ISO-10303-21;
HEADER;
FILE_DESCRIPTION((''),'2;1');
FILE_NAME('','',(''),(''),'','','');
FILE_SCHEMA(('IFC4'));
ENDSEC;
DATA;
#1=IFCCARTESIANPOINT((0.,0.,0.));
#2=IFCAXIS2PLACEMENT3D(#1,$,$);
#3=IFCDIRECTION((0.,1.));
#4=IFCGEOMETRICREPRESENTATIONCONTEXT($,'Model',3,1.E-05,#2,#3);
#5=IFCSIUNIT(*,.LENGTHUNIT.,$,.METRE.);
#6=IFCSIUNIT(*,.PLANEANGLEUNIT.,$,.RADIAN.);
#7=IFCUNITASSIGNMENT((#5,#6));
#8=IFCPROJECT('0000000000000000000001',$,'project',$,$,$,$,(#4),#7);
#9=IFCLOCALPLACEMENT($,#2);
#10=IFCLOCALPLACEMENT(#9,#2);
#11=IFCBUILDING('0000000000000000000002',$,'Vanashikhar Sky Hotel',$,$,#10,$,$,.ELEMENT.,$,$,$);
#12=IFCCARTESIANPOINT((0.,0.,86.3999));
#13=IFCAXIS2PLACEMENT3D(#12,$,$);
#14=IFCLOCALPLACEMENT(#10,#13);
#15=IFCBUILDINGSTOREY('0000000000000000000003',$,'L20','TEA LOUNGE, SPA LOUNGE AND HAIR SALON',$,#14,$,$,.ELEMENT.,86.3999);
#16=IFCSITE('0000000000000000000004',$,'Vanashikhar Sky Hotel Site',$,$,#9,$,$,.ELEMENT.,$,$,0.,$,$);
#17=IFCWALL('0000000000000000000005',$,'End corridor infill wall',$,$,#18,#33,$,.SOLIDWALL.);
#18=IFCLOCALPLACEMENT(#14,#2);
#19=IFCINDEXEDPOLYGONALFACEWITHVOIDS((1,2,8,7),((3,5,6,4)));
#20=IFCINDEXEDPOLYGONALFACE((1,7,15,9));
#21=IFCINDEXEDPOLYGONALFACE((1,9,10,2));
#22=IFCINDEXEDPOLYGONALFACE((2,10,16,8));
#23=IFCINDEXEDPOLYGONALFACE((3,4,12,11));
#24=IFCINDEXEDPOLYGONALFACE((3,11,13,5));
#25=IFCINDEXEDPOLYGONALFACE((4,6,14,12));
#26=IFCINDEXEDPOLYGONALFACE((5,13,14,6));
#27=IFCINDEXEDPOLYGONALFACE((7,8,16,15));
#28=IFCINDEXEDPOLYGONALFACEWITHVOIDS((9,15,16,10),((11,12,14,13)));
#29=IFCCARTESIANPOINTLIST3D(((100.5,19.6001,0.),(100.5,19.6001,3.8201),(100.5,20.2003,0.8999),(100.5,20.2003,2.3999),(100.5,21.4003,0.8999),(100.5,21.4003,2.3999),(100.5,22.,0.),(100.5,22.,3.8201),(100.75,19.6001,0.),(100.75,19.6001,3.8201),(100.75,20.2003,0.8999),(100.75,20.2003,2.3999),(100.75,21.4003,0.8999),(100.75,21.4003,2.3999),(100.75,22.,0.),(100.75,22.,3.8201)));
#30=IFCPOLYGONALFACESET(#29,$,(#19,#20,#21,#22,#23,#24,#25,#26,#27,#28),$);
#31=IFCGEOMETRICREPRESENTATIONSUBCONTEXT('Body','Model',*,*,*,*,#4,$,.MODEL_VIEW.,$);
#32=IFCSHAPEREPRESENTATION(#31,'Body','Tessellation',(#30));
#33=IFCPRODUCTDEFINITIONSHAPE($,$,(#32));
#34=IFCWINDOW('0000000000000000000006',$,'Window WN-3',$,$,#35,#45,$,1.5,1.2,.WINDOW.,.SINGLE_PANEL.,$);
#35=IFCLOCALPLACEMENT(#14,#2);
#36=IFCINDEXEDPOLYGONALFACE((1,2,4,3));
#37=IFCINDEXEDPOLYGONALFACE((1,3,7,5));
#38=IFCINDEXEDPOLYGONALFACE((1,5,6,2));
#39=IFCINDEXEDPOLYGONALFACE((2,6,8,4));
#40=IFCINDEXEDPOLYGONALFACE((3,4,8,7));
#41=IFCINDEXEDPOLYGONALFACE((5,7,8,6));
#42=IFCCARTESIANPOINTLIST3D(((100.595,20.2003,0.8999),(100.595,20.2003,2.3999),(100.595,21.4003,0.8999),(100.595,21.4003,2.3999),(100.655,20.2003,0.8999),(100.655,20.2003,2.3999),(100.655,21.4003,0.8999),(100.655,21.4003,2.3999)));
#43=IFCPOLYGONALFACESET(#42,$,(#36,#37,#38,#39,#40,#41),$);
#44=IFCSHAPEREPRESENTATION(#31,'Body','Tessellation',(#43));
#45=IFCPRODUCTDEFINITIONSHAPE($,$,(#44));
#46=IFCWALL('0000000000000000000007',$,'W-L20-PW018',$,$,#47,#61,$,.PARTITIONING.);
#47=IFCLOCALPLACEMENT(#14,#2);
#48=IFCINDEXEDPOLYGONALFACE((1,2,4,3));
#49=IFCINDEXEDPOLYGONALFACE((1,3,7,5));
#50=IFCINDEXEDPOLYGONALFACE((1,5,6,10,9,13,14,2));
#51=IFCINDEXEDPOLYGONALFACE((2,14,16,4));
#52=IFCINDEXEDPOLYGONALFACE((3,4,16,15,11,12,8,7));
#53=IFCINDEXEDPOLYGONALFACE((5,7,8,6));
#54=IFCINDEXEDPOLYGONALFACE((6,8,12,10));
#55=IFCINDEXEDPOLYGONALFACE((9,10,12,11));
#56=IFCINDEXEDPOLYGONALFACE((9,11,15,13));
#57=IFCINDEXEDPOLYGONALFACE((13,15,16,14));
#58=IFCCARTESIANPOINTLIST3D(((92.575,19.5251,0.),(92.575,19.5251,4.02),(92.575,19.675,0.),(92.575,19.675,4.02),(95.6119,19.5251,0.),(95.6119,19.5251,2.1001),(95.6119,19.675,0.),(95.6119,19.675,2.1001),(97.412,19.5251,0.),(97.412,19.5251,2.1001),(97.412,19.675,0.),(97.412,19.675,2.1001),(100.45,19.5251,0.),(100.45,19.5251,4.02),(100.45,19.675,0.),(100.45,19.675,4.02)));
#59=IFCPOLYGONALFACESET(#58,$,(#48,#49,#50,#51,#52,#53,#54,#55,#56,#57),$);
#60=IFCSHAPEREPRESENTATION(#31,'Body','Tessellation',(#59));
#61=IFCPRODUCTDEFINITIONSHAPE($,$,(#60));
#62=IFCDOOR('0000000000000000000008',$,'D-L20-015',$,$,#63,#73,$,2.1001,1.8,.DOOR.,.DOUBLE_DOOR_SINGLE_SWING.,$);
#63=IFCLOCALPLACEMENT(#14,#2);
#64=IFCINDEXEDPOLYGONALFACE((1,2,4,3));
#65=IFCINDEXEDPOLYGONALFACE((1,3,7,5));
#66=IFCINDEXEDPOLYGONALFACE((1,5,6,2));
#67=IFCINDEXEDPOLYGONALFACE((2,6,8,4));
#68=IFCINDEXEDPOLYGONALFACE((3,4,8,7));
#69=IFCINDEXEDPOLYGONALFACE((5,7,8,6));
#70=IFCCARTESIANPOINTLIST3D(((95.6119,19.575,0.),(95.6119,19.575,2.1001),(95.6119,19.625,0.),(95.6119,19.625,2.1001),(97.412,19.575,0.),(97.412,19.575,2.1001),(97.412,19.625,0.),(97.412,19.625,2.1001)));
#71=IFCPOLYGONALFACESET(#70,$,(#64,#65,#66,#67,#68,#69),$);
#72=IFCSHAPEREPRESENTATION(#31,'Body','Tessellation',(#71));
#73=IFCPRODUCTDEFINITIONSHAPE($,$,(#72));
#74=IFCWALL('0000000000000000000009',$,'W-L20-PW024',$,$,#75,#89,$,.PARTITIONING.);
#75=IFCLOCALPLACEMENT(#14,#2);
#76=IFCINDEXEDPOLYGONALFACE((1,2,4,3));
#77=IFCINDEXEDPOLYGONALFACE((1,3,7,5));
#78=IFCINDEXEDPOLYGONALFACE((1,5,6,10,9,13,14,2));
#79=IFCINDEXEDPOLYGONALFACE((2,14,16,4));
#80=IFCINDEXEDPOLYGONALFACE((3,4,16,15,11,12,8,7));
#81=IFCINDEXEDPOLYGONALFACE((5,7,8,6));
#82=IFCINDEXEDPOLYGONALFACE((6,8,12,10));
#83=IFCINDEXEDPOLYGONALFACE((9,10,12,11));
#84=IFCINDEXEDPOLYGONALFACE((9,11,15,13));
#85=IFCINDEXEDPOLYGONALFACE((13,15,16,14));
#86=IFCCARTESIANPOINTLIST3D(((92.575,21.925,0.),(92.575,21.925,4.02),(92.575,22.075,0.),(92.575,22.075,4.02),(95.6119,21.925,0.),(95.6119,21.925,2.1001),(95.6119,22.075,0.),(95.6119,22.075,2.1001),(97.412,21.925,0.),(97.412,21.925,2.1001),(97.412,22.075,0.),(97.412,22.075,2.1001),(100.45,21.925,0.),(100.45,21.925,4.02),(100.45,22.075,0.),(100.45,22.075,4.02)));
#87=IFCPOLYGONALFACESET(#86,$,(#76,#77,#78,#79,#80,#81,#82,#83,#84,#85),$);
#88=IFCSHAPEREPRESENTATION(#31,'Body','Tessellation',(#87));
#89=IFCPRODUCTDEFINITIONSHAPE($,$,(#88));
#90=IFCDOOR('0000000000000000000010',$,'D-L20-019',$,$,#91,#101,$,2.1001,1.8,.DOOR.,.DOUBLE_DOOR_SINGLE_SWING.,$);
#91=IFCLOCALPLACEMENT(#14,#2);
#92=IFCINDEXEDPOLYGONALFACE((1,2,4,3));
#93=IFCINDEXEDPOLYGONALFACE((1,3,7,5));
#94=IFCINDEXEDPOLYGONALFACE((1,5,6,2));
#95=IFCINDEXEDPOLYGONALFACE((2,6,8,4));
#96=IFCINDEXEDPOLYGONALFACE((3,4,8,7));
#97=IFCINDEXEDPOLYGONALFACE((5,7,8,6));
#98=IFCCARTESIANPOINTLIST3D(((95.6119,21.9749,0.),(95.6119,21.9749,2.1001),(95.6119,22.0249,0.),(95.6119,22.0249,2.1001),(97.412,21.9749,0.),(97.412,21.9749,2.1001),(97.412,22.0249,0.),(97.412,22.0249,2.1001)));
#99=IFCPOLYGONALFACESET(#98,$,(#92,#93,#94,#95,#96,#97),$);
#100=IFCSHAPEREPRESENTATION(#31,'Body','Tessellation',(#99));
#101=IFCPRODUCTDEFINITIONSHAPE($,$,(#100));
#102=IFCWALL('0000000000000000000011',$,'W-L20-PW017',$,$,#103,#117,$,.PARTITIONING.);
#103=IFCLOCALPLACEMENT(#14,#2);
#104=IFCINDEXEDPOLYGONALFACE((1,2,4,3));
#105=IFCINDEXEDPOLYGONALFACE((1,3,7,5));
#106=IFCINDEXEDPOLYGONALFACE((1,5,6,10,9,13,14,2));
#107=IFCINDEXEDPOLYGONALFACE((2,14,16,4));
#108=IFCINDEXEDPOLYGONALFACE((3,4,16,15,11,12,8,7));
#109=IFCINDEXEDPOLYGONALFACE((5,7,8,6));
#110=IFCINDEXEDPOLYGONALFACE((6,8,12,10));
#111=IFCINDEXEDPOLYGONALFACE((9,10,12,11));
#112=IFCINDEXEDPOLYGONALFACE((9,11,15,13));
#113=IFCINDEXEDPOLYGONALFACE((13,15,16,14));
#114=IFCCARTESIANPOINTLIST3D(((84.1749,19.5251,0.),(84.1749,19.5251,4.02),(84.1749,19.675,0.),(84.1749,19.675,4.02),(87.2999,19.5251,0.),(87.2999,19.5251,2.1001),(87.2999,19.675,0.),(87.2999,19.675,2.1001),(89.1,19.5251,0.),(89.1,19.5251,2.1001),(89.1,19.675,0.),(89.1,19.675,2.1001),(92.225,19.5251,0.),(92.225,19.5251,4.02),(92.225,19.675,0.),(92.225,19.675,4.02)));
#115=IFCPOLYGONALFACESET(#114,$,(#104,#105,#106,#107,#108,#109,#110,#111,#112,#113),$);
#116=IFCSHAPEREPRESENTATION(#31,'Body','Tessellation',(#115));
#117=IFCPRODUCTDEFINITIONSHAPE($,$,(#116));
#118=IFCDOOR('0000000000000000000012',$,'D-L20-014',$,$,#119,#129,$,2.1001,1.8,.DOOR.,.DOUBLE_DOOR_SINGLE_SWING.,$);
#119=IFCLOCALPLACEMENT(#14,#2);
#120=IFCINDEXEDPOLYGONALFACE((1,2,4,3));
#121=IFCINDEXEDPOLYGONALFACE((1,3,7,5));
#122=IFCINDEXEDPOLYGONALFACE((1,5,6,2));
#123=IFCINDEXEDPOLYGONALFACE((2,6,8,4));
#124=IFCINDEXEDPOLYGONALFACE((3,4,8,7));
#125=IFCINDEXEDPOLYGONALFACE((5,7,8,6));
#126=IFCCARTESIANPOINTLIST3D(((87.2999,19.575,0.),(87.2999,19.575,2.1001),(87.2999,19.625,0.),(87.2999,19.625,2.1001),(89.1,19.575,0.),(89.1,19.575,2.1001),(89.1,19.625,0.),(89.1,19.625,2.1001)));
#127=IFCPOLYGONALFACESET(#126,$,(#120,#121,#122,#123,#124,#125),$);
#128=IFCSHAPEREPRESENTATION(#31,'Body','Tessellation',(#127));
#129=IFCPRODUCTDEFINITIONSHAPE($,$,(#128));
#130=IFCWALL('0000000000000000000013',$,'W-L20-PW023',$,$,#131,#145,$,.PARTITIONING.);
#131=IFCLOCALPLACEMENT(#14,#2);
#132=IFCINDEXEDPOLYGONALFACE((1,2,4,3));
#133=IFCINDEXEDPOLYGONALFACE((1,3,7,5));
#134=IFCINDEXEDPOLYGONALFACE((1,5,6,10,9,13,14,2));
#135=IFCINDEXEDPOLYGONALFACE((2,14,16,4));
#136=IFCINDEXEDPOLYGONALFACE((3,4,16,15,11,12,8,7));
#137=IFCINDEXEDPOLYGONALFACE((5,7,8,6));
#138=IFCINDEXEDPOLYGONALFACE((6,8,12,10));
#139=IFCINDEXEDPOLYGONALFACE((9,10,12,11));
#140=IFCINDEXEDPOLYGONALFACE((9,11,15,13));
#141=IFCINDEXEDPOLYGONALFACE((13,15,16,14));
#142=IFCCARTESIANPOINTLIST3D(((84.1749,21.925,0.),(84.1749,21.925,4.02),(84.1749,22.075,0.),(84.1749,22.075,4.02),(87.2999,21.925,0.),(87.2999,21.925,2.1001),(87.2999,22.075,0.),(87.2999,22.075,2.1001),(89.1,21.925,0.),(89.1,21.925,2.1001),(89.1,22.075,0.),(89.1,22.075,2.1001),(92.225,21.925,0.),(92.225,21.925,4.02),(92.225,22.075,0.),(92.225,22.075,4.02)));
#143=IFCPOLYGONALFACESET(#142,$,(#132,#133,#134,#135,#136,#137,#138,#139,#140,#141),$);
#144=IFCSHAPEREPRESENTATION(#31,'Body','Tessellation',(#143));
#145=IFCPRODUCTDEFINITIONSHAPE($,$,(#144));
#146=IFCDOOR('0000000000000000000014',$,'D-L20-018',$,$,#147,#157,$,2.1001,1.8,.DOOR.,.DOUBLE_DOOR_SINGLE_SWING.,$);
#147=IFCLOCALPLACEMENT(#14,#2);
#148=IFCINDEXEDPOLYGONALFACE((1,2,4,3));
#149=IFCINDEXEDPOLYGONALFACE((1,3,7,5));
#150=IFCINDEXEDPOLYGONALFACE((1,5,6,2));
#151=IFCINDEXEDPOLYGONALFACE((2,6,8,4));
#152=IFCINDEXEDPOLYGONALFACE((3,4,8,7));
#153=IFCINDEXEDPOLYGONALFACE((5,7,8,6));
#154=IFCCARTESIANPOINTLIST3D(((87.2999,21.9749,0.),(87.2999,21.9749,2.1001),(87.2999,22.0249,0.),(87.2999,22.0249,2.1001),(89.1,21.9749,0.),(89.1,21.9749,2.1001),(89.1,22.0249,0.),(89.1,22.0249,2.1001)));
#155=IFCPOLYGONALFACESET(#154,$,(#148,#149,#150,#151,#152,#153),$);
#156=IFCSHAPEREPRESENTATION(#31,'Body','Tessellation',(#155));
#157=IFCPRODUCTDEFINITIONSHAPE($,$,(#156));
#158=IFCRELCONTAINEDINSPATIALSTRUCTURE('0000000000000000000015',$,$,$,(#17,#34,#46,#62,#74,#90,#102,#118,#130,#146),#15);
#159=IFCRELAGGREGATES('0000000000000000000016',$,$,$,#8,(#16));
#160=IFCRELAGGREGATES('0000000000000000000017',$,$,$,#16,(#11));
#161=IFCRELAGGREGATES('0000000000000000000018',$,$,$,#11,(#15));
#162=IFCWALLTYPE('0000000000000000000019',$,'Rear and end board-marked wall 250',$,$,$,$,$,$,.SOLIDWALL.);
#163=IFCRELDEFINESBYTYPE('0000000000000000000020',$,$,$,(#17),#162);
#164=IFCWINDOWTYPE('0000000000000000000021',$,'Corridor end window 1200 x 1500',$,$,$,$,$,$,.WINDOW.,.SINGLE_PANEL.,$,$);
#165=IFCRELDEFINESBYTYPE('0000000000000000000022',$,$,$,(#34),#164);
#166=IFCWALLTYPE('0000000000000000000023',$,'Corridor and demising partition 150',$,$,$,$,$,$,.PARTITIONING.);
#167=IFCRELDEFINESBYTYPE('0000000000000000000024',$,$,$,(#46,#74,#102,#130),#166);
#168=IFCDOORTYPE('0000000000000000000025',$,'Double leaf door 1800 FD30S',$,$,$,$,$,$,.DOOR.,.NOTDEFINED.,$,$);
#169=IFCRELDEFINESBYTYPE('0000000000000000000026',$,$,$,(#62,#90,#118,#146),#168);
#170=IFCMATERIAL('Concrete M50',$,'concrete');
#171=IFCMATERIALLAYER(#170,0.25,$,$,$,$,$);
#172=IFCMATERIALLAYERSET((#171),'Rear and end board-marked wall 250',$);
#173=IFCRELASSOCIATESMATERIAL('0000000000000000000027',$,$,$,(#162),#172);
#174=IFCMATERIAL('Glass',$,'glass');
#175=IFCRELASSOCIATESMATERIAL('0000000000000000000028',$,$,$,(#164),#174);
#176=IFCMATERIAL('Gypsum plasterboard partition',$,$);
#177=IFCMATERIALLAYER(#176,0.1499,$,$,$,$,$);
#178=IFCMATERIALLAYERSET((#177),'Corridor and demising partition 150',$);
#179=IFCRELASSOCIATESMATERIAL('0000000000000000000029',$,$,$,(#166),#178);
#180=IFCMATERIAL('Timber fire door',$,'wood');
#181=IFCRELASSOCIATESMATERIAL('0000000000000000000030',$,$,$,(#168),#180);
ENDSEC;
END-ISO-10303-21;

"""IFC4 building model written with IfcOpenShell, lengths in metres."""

from ifc_helpers import new_model, si_unit, direction, frame, frame_2d, origin, place, context, subcontext, project, spatial, rectangle, extrude, source, transform, mapped, material, layer, layer_set, type_object, element, fill, save


model = new_model("IFC4")

# Units and contexts
model_context = context("Model", 3, precision=1e-05, world=origin(), true_north=direction((0.0, 1.0)))
body_context = subcontext(model_context, "Body", "Model", "MODEL_VIEW")
ifc_project = project(units=[si_unit("LENGTHUNIT", "METRE"), si_unit("PLANEANGLEUNIT", "RADIAN")], contexts=[model_context])

# Site, building, storey
site_placement = place(None, origin())
site = spatial("IfcSite", under=ifc_project, at=site_placement, Name="Vanashikhar Sky Hotel Site", CompositionType="ELEMENT", RefElevation=0.0)
building_placement = place(site_placement, origin())
building = spatial("IfcBuilding", under=site, at=building_placement, Name="Vanashikhar Sky Hotel", CompositionType="ELEMENT")
storey_placement = place(building_placement, frame((0.0, 0.0, 86.3999)))
storey = spatial("IfcBuildingStorey", under=building, at=storey_placement, Name="L20", Description="TEA LOUNGE, SPA LOUNGE AND HAIR SALON", CompositionType="ELEMENT", Elevation=86.3999)

# Shared definitions
ifc_material_1 = material(Name="Concrete M50", Category="concrete")

# Shared definitions
ifc_material_2 = material(Name="Glass", Category="glass")

# Wall, opening, window
ifc_layer_1 = layer(ifc_material_1, 0.25)
ifc_layer_set_1 = layer_set([ifc_layer_1], Name="Rear and end board-marked wall 250")
wall_type_1 = type_object("IfcWallType", Name="Rear and end board-marked wall 250", PredefinedType="SOLIDWALL", material=ifc_layer_set_1)
shared_shape_1 = source(origin(), body_context, "Body", "SweptSolid", [
    extrude(rectangle(XDim=2.3999, YDim=0.25, at=frame_2d((1.2, 0.0))), origin(), (0.0, 0.0, 1.0), 3.8201),
])
wall_1_placement = place(storey_placement, frame((100.625, 19.6001, 0.0), z_axis=(0.0, 0.0, 1.0), x_axis=(0.0, 1.0, 0.0)))
wall_1 = element("IfcWall", 1, at=wall_1_placement, inside=storey, type_object=wall_type_1, Name="End corridor infill wall", PredefinedType="SOLIDWALL", context=body_context, shape_type="MappedRepresentation", body=[
    mapped(shared_shape_1, transform((0.0, 0.0, 0.0), scale=1.0)),
])
shared_shape_2 = source(origin(), body_context, "Body", "SweptSolid", [
    extrude(rectangle(XDim=1.2, YDim=1.5, at=frame_2d((0.6001, 0.75))), frame((0.0, 0.135, 0.0), z_axis=(0.0, -1.0, 0.0), x_axis=(1.0, 0.0, 0.0)), (0.0, 0.0, 1.0), 0.27),
])
opening_1_placement = place(wall_1_placement, frame((0.6001, 0.0, 0.8999)))
opening_1 = element("IfcOpeningElement", 2, at=opening_1_placement, cuts=wall_1, PredefinedType="OPENING", context=body_context, shape_type="MappedRepresentation", body=[
    mapped(shared_shape_2, transform((0.0, 0.0, 0.0), scale=1.0)),
])
window_type_1 = type_object("IfcWindowType", Name="Corridor end window 1200 x 1500", PartitioningType="SINGLE_PANEL", PredefinedType="WINDOW", material=ifc_material_2)
shared_shape_3 = source(origin(), body_context, "Body", "SweptSolid", [
    extrude(rectangle(XDim=1.2, YDim=1.5, at=frame_2d((0.6001, 0.75))), frame((0.0, 0.03, 0.0), z_axis=(0.0, -1.0, 0.0), x_axis=(1.0, 0.0, 0.0)), (0.0, 0.0, 1.0), 0.0601),
])
window_1_placement = place(opening_1_placement, origin())
window_1 = element("IfcWindow", 3, at=window_1_placement, inside=storey, type_object=window_type_1, Name="Window WN-3", OverallHeight=1.5, OverallWidth=1.2, PartitioningType="SINGLE_PANEL", PredefinedType="WINDOW", context=body_context, shape_type="MappedRepresentation", body=[
    mapped(shared_shape_3, transform((0.0, 0.0, 0.0), scale=1.0)),
])
fill(opening_1, window_1)

# Walls, openings, doors
ifc_material_3 = material(Name="Gypsum plasterboard partition")
ifc_layer_2 = layer(ifc_material_3, 0.1499)
ifc_layer_set_2 = layer_set([ifc_layer_2], Name="Corridor and demising partition 150")
wall_type_2 = type_object("IfcWallType", Name="Corridor and demising partition 150", PredefinedType="PARTITIONING", material=ifc_layer_set_2)
shared_shape_4 = source(origin(), body_context, "Body", "SweptSolid", [
    extrude(rectangle(XDim=7.875, YDim=0.1499, at=frame_2d((3.9375, 0.0))), origin(), (0.0, 0.0, 1.0), 4.02),
])
wall_2_placement = place(storey_placement, frame((92.575, 19.6001, 0.0), z_axis=(0.0, 0.0, 1.0), x_axis=(1.0, 0.0, 0.0)))
wall_2 = element("IfcWall", 4, at=wall_2_placement, inside=storey, type_object=wall_type_2, Name="W-L20-PW018", PredefinedType="PARTITIONING", context=body_context, shape_type="MappedRepresentation", body=[
    mapped(shared_shape_4, transform((0.0, 0.0, 0.0), scale=1.0)),
])
shared_shape_5 = source(origin(), body_context, "Body", "SweptSolid", [
    extrude(rectangle(XDim=1.8, YDim=2.1001, at=frame_2d((0.8999, 1.05))), frame((0.0, 0.085, 0.0), z_axis=(0.0, -1.0, 0.0), x_axis=(1.0, 0.0, 0.0)), (0.0, 0.0, 1.0), 0.1699),
])
opening_2_placement = place(wall_2_placement, frame((3.0371, 0.0, 0.0)))
opening_2 = element("IfcOpeningElement", 5, at=opening_2_placement, cuts=wall_2, PredefinedType="OPENING", context=body_context, shape_type="MappedRepresentation", body=[
    mapped(shared_shape_5, transform((0.0, 0.0, 0.0), scale=1.0)),
])
ifc_material_4 = material(Name="Timber fire door", Category="wood")
door_type = type_object("IfcDoorType", Name="Double leaf door 1800 FD30S", OperationType="NOTDEFINED", PredefinedType="DOOR", material=ifc_material_4)
shared_shape_6 = source(origin(), body_context, "Body", "SweptSolid", [
    extrude(rectangle(XDim=1.8, YDim=2.1001, at=frame_2d((0.8999, 1.05))), frame((0.0, 0.0249, 0.0), z_axis=(0.0, -1.0, 0.0), x_axis=(1.0, 0.0, 0.0)), (0.0, 0.0, 1.0), 0.05),
])
door_1_placement = place(opening_2_placement, origin())
door_1 = element("IfcDoor", 6, at=door_1_placement, inside=storey, type_object=door_type, Name="D-L20-015", OperationType="DOUBLE_DOOR_SINGLE_SWING", OverallHeight=2.1001, OverallWidth=1.8, PredefinedType="DOOR", context=body_context, shape_type="MappedRepresentation", body=[
    mapped(shared_shape_6, transform((0.0, 0.0, 0.0), scale=1.0)),
])
fill(opening_2, door_1)
wall_3_placement = place(storey_placement, frame((92.575, 22.0, 0.0), z_axis=(0.0, 0.0, 1.0), x_axis=(1.0, 0.0, 0.0)))
wall_3 = element("IfcWall", 7, at=wall_3_placement, inside=storey, type_object=wall_type_2, Name="W-L20-PW024", PredefinedType="PARTITIONING", context=body_context, shape_type="MappedRepresentation", body=[
    mapped(shared_shape_4, transform((0.0, 0.0, 0.0), scale=1.0)),
])
opening_3_placement = place(wall_3_placement, frame((3.0371, 0.0, 0.0)))
opening_3 = element("IfcOpeningElement", 8, at=opening_3_placement, cuts=wall_3, PredefinedType="OPENING", context=body_context, shape_type="MappedRepresentation", body=[
    mapped(shared_shape_5, transform((0.0, 0.0, 0.0), scale=1.0)),
])
door_2_placement = place(opening_3_placement, origin())
door_2 = element("IfcDoor", 9, at=door_2_placement, inside=storey, type_object=door_type, Name="D-L20-019", OperationType="DOUBLE_DOOR_SINGLE_SWING", OverallHeight=2.1001, OverallWidth=1.8, PredefinedType="DOOR", context=body_context, shape_type="MappedRepresentation", body=[
    mapped(shared_shape_6, transform((0.0, 0.0, 0.0), scale=1.0)),
])
fill(opening_3, door_2)
shared_shape_7 = source(origin(), body_context, "Body", "SweptSolid", [
    extrude(rectangle(XDim=8.05, YDim=0.1499, at=frame_2d((4.0249, 0.0))), origin(), (0.0, 0.0, 1.0), 4.02),
])
wall_4_placement = place(storey_placement, frame((84.175, 19.6001, 0.0), z_axis=(0.0, 0.0, 1.0), x_axis=(1.0, 0.0, 0.0)))
wall_4 = element("IfcWall", 10, at=wall_4_placement, inside=storey, type_object=wall_type_2, Name="W-L20-PW017", PredefinedType="PARTITIONING", context=body_context, shape_type="MappedRepresentation", body=[
    mapped(shared_shape_7, transform((0.0, 0.0, 0.0), scale=1.0)),
])
opening_4_placement = place(wall_4_placement, frame((3.125, 0.0, 0.0)))
opening_4 = element("IfcOpeningElement", 11, at=opening_4_placement, cuts=wall_4, PredefinedType="OPENING", context=body_context, shape_type="MappedRepresentation", body=[
    mapped(shared_shape_5, transform((0.0, 0.0, 0.0), scale=1.0)),
])
door_3_placement = place(opening_4_placement, origin())
door_3 = element("IfcDoor", 12, at=door_3_placement, inside=storey, type_object=door_type, Name="D-L20-014", OperationType="DOUBLE_DOOR_SINGLE_SWING", OverallHeight=2.1001, OverallWidth=1.8, PredefinedType="DOOR", context=body_context, shape_type="MappedRepresentation", body=[
    mapped(shared_shape_6, transform((0.0, 0.0, 0.0), scale=1.0)),
])
fill(opening_4, door_3)
wall_5_placement = place(storey_placement, frame((84.175, 22.0, 0.0), z_axis=(0.0, 0.0, 1.0), x_axis=(1.0, 0.0, 0.0)))
wall_5 = element("IfcWall", 13, at=wall_5_placement, inside=storey, type_object=wall_type_2, Name="W-L20-PW023", PredefinedType="PARTITIONING", context=body_context, shape_type="MappedRepresentation", body=[
    mapped(shared_shape_7, transform((0.0, 0.0, 0.0), scale=1.0)),
])
opening_5_placement = place(wall_5_placement, frame((3.125, 0.0, 0.0)))
opening_5 = element("IfcOpeningElement", 14, at=opening_5_placement, cuts=wall_5, PredefinedType="OPENING", context=body_context, shape_type="MappedRepresentation", body=[
    mapped(shared_shape_5, transform((0.0, 0.0, 0.0), scale=1.0)),
])
door_4_placement = place(opening_5_placement, origin())
door_4 = element("IfcDoor", 15, at=door_4_placement, inside=storey, type_object=door_type, Name="D-L20-018", OperationType="DOUBLE_DOOR_SINGLE_SWING", OverallHeight=2.1001, OverallWidth=1.8, PredefinedType="DOOR", context=body_context, shape_type="MappedRepresentation", body=[
    mapped(shared_shape_6, transform((0.0, 0.0, 0.0), scale=1.0)),
])
fill(opening_5, door_4)

save(model, "model.ifc")
